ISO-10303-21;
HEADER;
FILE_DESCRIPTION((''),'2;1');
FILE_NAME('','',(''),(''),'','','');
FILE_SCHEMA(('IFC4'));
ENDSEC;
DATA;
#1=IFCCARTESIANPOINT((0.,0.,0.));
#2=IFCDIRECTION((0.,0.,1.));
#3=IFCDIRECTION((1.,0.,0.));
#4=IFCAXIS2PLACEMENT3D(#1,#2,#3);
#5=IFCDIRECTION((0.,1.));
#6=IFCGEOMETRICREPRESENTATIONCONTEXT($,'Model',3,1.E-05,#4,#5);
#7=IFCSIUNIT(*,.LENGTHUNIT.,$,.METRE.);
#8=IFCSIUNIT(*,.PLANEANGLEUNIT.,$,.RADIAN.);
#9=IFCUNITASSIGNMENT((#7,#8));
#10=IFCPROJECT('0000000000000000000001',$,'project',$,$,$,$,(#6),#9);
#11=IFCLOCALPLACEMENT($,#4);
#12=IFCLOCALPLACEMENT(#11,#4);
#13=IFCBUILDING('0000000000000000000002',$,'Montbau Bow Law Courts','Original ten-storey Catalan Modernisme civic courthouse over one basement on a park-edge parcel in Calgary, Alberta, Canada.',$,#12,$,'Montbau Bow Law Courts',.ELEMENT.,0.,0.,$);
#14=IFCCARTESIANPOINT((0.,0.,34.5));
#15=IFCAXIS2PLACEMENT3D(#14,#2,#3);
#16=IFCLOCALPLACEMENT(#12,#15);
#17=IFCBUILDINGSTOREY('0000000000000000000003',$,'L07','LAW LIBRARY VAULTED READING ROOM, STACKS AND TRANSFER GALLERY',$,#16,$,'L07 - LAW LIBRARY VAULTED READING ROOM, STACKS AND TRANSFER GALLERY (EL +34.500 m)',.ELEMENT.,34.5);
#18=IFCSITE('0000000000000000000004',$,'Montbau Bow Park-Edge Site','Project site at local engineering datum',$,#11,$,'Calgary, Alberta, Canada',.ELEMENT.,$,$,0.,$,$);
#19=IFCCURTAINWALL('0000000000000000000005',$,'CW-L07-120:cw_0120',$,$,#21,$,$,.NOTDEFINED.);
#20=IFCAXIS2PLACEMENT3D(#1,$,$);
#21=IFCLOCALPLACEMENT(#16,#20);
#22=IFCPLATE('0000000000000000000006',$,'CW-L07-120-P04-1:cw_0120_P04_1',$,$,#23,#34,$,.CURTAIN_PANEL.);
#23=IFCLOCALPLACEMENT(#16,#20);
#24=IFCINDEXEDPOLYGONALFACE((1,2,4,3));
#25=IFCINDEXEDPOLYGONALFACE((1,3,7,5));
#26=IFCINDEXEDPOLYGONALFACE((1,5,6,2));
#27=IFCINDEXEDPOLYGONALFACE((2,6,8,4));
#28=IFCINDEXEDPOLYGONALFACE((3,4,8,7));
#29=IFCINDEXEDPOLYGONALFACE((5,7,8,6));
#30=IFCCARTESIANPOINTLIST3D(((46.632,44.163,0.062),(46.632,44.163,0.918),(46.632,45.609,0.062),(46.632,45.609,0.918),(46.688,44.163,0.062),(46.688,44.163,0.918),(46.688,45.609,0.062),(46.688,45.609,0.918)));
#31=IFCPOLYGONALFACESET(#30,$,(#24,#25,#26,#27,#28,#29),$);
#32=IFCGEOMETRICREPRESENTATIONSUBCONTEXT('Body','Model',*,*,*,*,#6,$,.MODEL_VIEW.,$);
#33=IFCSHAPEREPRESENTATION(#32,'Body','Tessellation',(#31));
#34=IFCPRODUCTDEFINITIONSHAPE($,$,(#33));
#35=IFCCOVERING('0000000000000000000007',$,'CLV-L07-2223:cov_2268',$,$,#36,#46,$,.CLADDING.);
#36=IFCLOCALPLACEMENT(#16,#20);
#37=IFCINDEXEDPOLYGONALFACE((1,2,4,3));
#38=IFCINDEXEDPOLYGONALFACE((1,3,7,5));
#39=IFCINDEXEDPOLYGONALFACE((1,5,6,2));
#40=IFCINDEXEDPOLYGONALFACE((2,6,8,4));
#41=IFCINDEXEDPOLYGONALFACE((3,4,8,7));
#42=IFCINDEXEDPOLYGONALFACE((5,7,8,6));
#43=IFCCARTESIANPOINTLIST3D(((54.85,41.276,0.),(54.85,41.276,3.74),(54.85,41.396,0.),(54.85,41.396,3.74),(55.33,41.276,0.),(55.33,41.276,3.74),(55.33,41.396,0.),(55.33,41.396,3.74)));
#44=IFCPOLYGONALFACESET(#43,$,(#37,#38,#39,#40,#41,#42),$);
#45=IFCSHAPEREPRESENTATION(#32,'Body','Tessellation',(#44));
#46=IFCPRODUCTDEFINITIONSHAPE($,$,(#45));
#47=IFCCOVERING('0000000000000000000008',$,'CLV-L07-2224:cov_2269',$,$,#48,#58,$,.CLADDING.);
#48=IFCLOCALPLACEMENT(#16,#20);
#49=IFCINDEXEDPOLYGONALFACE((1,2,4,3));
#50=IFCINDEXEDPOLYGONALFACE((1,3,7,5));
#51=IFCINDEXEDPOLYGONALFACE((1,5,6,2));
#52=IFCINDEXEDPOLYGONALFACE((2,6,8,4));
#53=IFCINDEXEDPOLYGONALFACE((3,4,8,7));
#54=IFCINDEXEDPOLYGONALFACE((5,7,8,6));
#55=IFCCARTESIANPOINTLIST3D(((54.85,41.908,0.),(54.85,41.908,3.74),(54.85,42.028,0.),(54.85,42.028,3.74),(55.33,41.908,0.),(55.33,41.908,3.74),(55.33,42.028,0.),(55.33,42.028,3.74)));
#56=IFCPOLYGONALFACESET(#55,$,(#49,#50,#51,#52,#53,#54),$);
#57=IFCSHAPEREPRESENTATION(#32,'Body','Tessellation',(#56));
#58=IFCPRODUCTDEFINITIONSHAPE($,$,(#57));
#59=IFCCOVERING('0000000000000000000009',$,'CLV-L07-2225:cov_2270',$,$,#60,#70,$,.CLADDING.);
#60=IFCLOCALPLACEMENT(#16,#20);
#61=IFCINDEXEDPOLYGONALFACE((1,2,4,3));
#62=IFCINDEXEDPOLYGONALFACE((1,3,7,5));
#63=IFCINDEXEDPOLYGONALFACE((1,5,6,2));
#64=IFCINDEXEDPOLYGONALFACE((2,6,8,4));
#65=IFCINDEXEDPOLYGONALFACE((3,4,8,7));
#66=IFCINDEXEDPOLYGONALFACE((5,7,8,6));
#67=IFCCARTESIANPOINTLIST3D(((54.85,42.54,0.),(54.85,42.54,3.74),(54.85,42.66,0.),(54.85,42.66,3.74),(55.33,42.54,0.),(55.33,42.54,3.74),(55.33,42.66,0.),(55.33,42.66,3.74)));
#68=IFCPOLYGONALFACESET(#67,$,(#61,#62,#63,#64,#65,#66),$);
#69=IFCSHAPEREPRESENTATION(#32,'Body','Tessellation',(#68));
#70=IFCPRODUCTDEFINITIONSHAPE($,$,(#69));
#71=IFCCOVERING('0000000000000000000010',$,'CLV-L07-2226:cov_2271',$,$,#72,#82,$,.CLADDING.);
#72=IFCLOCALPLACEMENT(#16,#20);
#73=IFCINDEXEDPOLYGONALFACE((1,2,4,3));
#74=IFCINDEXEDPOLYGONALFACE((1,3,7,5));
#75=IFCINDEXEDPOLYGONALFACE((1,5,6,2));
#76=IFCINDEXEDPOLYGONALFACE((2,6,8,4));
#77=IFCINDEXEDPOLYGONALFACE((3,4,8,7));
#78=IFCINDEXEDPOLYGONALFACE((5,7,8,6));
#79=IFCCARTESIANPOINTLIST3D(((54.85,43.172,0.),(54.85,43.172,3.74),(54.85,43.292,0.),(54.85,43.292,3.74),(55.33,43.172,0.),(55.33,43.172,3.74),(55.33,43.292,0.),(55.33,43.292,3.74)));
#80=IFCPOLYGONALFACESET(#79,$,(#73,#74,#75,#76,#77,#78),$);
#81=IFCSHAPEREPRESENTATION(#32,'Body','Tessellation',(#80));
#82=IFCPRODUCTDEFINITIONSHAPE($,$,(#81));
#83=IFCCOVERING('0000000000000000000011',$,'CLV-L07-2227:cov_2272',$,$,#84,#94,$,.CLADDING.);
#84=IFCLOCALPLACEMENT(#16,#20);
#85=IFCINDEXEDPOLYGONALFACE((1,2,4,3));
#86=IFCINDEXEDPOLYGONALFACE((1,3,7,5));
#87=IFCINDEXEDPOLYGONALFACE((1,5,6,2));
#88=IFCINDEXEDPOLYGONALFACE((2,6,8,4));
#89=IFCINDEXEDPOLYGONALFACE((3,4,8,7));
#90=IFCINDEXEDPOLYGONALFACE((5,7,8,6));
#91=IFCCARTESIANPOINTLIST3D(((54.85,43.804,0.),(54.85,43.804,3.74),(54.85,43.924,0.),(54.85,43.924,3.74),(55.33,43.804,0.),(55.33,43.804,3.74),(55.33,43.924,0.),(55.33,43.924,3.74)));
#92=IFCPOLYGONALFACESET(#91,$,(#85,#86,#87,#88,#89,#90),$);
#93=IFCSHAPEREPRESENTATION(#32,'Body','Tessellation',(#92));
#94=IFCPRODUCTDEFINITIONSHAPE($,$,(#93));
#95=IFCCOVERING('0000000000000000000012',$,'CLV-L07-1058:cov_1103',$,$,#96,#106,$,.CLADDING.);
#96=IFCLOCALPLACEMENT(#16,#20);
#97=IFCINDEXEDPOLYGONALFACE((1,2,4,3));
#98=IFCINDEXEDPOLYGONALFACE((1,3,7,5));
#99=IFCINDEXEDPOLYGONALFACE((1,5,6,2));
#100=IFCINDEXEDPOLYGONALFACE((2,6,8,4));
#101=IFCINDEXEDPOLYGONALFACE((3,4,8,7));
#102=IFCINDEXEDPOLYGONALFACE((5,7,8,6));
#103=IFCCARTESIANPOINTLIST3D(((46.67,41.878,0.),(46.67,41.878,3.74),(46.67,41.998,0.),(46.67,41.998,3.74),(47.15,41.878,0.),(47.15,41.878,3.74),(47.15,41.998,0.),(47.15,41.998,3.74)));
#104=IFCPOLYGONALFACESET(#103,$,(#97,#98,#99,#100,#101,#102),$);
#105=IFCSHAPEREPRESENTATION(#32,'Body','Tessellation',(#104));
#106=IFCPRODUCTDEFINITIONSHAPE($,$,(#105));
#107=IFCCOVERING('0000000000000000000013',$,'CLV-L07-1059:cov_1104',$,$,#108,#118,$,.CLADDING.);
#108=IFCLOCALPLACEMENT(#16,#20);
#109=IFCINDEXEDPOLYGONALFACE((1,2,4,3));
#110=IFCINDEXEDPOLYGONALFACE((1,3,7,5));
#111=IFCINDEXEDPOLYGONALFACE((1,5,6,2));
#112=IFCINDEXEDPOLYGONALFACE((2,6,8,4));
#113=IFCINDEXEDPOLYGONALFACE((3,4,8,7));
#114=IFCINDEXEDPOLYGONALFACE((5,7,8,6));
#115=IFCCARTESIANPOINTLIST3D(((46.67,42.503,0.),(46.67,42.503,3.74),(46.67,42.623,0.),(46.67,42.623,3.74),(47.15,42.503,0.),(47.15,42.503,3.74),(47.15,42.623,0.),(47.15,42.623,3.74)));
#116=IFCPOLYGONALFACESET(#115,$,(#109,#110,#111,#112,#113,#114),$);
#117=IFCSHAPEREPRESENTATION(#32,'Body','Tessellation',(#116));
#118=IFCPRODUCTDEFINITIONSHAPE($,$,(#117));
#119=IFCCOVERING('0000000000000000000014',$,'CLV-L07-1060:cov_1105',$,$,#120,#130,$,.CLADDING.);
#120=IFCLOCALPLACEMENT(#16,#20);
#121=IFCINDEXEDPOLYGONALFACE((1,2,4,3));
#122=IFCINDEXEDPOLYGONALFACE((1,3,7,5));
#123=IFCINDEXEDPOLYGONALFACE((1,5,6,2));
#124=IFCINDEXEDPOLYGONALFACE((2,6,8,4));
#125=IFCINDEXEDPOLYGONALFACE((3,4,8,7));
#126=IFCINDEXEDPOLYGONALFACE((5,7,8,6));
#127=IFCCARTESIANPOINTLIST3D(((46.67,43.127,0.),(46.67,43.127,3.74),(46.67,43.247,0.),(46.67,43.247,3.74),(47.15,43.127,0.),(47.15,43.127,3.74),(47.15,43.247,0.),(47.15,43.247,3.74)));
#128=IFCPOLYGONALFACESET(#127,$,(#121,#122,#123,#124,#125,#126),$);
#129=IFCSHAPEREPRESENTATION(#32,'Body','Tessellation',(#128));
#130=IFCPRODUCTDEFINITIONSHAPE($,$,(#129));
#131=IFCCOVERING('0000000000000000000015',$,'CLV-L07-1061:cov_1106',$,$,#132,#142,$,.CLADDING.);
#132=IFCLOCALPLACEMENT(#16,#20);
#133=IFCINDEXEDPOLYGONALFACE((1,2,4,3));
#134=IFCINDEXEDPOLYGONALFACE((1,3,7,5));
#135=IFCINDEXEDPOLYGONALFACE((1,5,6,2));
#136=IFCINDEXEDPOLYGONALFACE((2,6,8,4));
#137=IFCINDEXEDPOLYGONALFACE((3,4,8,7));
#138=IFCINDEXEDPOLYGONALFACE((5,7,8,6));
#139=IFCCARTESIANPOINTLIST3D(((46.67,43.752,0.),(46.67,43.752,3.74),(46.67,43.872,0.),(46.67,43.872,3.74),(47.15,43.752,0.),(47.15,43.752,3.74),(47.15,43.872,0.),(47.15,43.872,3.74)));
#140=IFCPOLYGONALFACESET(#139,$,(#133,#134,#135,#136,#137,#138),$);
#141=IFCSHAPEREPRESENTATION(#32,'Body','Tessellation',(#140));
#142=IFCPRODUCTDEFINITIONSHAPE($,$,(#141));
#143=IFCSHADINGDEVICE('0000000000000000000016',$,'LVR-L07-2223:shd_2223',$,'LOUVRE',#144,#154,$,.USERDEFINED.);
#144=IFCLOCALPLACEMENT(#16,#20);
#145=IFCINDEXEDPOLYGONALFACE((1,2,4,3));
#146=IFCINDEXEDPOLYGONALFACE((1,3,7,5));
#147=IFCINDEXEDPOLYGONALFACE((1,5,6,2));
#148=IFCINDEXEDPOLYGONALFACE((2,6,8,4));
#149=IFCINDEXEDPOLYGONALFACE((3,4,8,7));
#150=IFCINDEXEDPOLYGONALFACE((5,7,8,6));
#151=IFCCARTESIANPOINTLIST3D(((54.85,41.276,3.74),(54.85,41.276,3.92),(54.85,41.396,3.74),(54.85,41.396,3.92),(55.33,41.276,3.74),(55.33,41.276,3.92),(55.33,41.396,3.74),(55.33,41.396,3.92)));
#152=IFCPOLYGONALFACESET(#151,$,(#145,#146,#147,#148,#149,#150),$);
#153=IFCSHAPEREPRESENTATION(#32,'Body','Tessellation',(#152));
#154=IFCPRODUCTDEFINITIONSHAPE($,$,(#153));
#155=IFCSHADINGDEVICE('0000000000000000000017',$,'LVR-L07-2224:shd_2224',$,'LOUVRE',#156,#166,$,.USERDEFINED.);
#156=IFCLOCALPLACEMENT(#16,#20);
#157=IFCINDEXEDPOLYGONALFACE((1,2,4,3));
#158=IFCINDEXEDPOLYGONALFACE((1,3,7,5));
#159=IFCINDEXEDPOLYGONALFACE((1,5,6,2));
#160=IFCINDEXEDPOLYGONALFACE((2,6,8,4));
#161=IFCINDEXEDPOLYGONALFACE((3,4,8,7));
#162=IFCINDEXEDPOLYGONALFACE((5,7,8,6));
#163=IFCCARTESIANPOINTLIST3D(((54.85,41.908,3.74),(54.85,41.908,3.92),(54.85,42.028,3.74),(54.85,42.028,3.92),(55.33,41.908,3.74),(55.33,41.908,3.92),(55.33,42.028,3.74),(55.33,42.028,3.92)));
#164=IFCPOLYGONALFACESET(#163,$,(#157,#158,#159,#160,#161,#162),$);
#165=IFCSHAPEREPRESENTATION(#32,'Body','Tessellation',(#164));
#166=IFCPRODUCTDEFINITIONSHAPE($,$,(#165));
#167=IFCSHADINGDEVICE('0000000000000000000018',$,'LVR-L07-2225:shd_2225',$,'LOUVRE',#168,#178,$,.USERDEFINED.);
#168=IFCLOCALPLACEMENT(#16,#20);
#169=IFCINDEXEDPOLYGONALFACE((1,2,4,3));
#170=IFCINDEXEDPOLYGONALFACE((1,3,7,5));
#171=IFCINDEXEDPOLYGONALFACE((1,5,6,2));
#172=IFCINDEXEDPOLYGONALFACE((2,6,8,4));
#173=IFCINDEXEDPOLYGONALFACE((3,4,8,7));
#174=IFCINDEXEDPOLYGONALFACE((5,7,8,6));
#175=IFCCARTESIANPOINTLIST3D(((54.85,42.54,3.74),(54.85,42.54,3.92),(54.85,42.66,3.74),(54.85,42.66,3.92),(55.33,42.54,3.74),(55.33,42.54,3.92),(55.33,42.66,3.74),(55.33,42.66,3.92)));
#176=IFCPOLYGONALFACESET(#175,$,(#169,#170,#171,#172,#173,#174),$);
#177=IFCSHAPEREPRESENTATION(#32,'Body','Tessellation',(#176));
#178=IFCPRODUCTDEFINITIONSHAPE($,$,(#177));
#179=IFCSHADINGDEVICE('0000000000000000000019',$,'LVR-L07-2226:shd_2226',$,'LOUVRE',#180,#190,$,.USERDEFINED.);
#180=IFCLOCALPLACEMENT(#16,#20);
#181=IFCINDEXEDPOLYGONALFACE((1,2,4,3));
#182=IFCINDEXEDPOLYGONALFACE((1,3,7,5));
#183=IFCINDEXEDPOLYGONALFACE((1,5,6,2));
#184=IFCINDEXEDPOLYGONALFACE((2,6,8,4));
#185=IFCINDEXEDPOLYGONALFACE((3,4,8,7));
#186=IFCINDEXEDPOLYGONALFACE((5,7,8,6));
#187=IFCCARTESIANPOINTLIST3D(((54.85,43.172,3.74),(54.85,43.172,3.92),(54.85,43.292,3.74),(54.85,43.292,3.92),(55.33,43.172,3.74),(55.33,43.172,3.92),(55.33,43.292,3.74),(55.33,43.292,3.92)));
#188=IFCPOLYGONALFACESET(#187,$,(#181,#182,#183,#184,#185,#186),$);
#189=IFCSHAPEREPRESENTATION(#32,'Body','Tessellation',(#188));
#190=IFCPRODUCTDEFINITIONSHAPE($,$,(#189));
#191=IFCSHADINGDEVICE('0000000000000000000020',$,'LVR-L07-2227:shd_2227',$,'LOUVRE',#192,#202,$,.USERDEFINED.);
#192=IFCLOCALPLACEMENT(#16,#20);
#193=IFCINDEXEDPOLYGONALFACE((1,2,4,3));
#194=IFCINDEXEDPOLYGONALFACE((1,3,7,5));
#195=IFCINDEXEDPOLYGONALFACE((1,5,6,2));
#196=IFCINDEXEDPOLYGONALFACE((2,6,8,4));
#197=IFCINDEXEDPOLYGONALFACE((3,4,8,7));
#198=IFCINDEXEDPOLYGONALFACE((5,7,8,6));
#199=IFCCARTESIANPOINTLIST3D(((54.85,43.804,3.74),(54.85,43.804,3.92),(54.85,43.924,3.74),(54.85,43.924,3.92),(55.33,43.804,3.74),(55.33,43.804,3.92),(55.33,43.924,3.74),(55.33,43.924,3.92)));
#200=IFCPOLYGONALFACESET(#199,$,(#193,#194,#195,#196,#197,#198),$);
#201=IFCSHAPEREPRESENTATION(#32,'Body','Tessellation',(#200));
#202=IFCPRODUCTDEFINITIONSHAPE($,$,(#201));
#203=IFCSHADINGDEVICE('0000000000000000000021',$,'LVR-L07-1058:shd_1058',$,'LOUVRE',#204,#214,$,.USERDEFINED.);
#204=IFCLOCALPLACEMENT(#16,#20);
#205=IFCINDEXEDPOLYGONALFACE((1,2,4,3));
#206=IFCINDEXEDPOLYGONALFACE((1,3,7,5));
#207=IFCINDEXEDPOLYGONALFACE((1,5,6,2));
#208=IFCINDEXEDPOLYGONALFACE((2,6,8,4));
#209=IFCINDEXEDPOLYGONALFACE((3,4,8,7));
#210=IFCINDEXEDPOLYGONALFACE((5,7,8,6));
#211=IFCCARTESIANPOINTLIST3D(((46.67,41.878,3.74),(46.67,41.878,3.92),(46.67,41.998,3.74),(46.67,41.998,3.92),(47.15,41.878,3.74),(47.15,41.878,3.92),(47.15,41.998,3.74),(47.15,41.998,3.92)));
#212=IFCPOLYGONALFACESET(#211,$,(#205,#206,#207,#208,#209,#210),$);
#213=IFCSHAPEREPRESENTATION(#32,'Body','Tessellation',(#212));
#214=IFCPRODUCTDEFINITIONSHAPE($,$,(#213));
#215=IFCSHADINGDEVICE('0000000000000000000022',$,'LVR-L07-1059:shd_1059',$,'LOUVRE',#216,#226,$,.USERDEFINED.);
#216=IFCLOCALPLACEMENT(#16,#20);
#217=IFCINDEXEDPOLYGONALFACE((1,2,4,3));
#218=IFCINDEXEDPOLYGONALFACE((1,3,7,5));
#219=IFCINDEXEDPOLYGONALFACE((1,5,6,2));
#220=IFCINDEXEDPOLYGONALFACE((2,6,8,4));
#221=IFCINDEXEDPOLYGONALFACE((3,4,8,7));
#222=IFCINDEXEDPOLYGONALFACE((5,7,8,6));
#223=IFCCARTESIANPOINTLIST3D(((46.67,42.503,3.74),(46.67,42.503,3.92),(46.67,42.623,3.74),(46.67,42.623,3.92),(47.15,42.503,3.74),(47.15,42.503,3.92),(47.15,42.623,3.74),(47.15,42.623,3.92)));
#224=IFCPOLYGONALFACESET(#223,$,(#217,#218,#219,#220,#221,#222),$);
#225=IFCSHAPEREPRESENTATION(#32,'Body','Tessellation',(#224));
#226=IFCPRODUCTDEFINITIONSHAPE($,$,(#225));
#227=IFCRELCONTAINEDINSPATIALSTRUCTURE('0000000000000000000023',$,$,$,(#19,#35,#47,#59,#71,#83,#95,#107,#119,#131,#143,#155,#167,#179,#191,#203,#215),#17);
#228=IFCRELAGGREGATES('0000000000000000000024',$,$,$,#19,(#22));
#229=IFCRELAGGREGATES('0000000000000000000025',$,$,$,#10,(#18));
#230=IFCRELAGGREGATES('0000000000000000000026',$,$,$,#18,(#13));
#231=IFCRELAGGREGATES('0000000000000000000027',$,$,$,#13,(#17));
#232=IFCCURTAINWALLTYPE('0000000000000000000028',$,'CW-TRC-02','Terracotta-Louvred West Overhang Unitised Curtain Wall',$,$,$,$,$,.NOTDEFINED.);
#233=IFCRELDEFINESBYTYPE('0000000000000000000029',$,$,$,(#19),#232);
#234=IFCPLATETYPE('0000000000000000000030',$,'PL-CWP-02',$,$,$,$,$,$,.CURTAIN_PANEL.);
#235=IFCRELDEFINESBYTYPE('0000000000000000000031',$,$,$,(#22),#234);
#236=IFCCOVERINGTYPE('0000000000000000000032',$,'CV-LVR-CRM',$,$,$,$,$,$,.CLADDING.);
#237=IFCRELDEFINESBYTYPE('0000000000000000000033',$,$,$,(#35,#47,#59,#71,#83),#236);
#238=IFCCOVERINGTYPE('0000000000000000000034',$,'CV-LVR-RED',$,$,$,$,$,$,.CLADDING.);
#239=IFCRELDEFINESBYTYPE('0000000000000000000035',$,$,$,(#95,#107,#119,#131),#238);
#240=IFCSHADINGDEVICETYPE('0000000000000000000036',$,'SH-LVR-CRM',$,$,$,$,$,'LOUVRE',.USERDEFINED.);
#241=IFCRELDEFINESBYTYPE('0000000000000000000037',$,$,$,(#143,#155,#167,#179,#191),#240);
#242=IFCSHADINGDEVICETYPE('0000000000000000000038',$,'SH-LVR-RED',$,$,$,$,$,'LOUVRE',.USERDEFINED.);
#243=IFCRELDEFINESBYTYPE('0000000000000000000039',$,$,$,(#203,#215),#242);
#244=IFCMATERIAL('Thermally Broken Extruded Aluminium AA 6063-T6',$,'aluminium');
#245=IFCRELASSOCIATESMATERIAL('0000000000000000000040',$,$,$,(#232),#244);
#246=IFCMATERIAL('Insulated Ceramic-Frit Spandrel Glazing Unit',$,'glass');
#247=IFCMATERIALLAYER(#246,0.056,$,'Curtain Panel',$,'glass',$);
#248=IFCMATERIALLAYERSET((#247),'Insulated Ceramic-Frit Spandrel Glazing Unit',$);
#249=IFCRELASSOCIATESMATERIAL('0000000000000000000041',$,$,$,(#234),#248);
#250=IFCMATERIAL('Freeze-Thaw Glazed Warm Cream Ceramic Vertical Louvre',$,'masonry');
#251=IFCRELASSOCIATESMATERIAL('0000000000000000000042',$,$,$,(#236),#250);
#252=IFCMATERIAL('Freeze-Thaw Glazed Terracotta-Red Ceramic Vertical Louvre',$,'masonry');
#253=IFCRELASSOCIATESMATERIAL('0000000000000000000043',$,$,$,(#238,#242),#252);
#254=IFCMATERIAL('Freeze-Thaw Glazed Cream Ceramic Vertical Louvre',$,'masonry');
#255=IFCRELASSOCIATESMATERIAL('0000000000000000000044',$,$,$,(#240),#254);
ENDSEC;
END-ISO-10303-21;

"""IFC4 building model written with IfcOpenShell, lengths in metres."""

from ifc_helpers import new_model, si_unit, direction, frame, frame_2d, origin_with_axes, origin_2d_with_axis, place, context, subcontext, project, spatial, rectangle, extrude, material, layer, layer_set, type_object, element, aggregate, save


model = new_model("IFC4")

# Units and contexts
model_context = context("Model", 3, precision=1e-05, world=origin_with_axes(), true_north=direction((0.0, 1.0)))
body_context = subcontext(model_context, "Body", "Model", "MODEL_VIEW")
ifc_project = project(units=[si_unit("LENGTHUNIT", "METRE"), si_unit("PLANEANGLEUNIT", "RADIAN")], contexts=[model_context])

# Site, building, storey
site_placement = place(None, origin_with_axes())
site = spatial("IfcSite", under=ifc_project, at=site_placement, Name="Montbau Bow Park-Edge Site", Description="Project site at local engineering datum", LongName="Calgary, Alberta, Canada", CompositionType="ELEMENT", RefElevation=0.0)
building_placement = place(site_placement, origin_with_axes())
building = spatial("IfcBuilding", under=site, at=building_placement, Name="Montbau Bow Law Courts", Description="Original ten-storey Catalan Modernisme civic courthouse over one basement on a park-edge parcel in Calgary, Alberta, Canada.", LongName="Montbau Bow Law Courts", CompositionType="ELEMENT", ElevationOfRefHeight=0.0, ElevationOfTerrain=0.0)
storey_placement = place(building_placement, frame((0.0, 0.0, 34.5), z_axis=(0.0, 0.0, 1.0), x_axis=(1.0, 0.0, 0.0)))
storey = spatial("IfcBuildingStorey", under=building, at=storey_placement, Name="L07", Description="LAW LIBRARY VAULTED READING ROOM, STACKS AND TRANSFER GALLERY", LongName="L07 - LAW LIBRARY VAULTED READING ROOM, STACKS AND TRANSFER GALLERY (EL +34.500 m)", CompositionType="ELEMENT", Elevation=34.5)

# Curtain wall, plate
ifc_material_1 = material(Name="Thermally Broken Extruded Aluminium AA 6063-T6", Category="aluminium")
curtain_wall_type = type_object("IfcCurtainWallType", Name="CW-TRC-02", Description="Terracotta-Louvred West Overhang Unitised Curtain Wall", PredefinedType="NOTDEFINED", material=ifc_material_1)
curtain_wall_placement = place(None, frame((46.66, 39.44, 34.5), z_axis=(0.0, 0.0, 1.0), x_axis=(1.0, 0.0, 0.0)))
curtain_wall = element("IfcCurtainWall", 1, at=curtain_wall_placement, inside=storey, type_object=curtain_wall_type, Name="CW-L07-120:cw_0120", PredefinedType="NOTDEFINED")
ifc_material_2 = material(Name="Insulated Ceramic-Frit Spandrel Glazing Unit", Category="glass")
ifc_layer_1 = layer(ifc_material_2, 0.056, Name="Curtain Panel", Category="glass")
ifc_layer_set_1 = layer_set([ifc_layer_1], Name="Insulated Ceramic-Frit Spandrel Glazing Unit")
plate_type_1 = type_object("IfcPlateType", Name="PL-CWP-02", PredefinedType="CURTAIN_PANEL", material=ifc_layer_set_1)
plate_1_placement = place(None, frame((46.66, 44.163, 34.562), z_axis=(1.0, 0.0, 0.0), x_axis=(0.0, 1.0, 0.0)))
plate_1 = element("IfcPlate", 2, at=plate_1_placement, type_object=plate_type_1, Name="CW-L07-120-P04-1:cw_0120_P04_1", PredefinedType="CURTAIN_PANEL", context=body_context, shape_type="SweptSolid", body=[
    extrude(rectangle(XDim=1.446, YDim=0.856, at=frame_2d((0.723, 0.428), x_axis=(1.0, 0.0))), frame((0.0, 0.0, -0.028), z_axis=(0.0, 0.0, 1.0), x_axis=(1.0, 0.0, 0.0)), (0.0, 0.0, 1.0), 0.056),
])
aggregate(curtain_wall, [plate_1])

# Coverings
ifc_material_3 = material(Name="Freeze-Thaw Glazed Warm Cream Ceramic Vertical Louvre", Category="masonry")
covering_type_1 = type_object("IfcCoveringType", Name="CV-LVR-CRM", PredefinedType="CLADDING", material=ifc_material_3)
for number, where, z_axis, x_axis, name in (
    (3, (55.33, 41.336, 34.5), (0.0, 1.0, 0.0), (-1.0, 0.0, 0.0), "CLV-L07-2223:cov_2268"),
    (4, (55.33, 41.968, 34.5), (0.0, 1.0, 0.0), (-1.0, 0.0, 0.0), "CLV-L07-2224:cov_2269"),
    (5, (55.33, 42.6, 34.5), (0.0, 1.0, 0.0), (-1.0, 0.0, 0.0), "CLV-L07-2225:cov_2270"),
    (6, (55.33, 43.232, 34.5), (0.0, 1.0, 0.0), (-1.0, 0.0, 0.0), "CLV-L07-2226:cov_2271"),
    (7, (55.33, 43.864, 34.5), (0.0, 1.0, 0.0), (-1.0, 0.0, 0.0), "CLV-L07-2227:cov_2272"),
):
    element("IfcCovering", number, at=place(None, frame(where, z_axis=z_axis, x_axis=x_axis)), inside=storey, type_object=covering_type_1, Name=name, PredefinedType="CLADDING", context=body_context, shape_type="SweptSolid", body=[
        extrude(rectangle(XDim=0.48, YDim=3.74, at=frame_2d((0.24, 1.87), x_axis=(1.0, 0.0))), frame((0.0, 0.0, -0.06), z_axis=(0.0, 0.0, 1.0), x_axis=(1.0, 0.0, 0.0)), (0.0, 0.0, 1.0), 0.12),
    ])
ifc_material_4 = material(Name="Freeze-Thaw Glazed Terracotta-Red Ceramic Vertical Louvre", Category="masonry")
covering_type_2 = type_object("IfcCoveringType", Name="CV-LVR-RED", PredefinedType="CLADDING", material=ifc_material_4)
for number, where, z_axis, x_axis, name in (
    (8, (46.67, 41.938, 34.5), (0.0, -1.0, 0.0), (1.0, 0.0, 0.0), "CLV-L07-1058:cov_1103"),
    (9, (46.67, 42.563, 34.5), (0.0, -1.0, 0.0), (1.0, 0.0, 0.0), "CLV-L07-1059:cov_1104"),
    (10, (46.67, 43.187, 34.5), (0.0, -1.0, 0.0), (1.0, 0.0, 0.0), "CLV-L07-1060:cov_1105"),
    (11, (46.67, 43.812, 34.5), (0.0, -1.0, 0.0), (1.0, 0.0, 0.0), "CLV-L07-1061:cov_1106"),
):
    element("IfcCovering", number, at=place(None, frame(where, z_axis=z_axis, x_axis=x_axis)), inside=storey, type_object=covering_type_2, Name=name, PredefinedType="CLADDING", context=body_context, shape_type="SweptSolid", body=[
        extrude(rectangle(XDim=0.48, YDim=3.74, at=frame_2d((0.24, 1.87), x_axis=(1.0, 0.0))), frame((0.0, 0.0, -0.06), z_axis=(0.0, 0.0, 1.0), x_axis=(1.0, 0.0, 0.0)), (0.0, 0.0, 1.0), 0.12),
    ])

# Shading devices
ifc_material_5 = material(Name="Freeze-Thaw Glazed Cream Ceramic Vertical Louvre", Category="masonry")
shading_device_type_1 = type_object("IfcShadingDeviceType", Name="SH-LVR-CRM", ElementType="LOUVRE", PredefinedType="USERDEFINED", material=ifc_material_5)
for number, where, z_axis, x_axis, name in (
    (12, (55.09, 41.336, 38.24), (0.0, 0.0, 1.0), (-1.0, 0.0, 0.0), "LVR-L07-2223:shd_2223"),
    (13, (55.09, 41.968, 38.24), (0.0, 0.0, 1.0), (-1.0, 0.0, 0.0), "LVR-L07-2224:shd_2224"),
    (14, (55.09, 42.6, 38.24), (0.0, 0.0, 1.0), (-1.0, 0.0, 0.0), "LVR-L07-2225:shd_2225"),
    (15, (55.09, 43.232, 38.24), (0.0, 0.0, 1.0), (-1.0, 0.0, 0.0), "LVR-L07-2226:shd_2226"),
    (16, (55.09, 43.864, 38.24), (0.0, 0.0, 1.0), (-1.0, 0.0, 0.0), "LVR-L07-2227:shd_2227"),
):
    element("IfcShadingDevice", number, at=place(None, frame(where, z_axis=z_axis, x_axis=x_axis)), inside=storey, type_object=shading_device_type_1, Name=name, ObjectType="LOUVRE", PredefinedType="USERDEFINED", context=body_context, shape_type="SweptSolid", body=[
        extrude(rectangle(XDim=0.48, YDim=0.12, at=origin_2d_with_axis()), origin_with_axes(), (0.0, 0.0, 1.0), 0.18),
    ])
shading_device_type_2 = type_object("IfcShadingDeviceType", Name="SH-LVR-RED", ElementType="LOUVRE", PredefinedType="USERDEFINED", material=ifc_material_4)
for number, where, z_axis, x_axis, name in (
    (17, (46.91, 41.938, 38.24), (0.0, 0.0, 1.0), (1.0, 0.0, 0.0), "LVR-L07-1058:shd_1058"),
    (18, (46.91, 42.563, 38.24), (0.0, 0.0, 1.0), (1.0, 0.0, 0.0), "LVR-L07-1059:shd_1059"),
):
    element("IfcShadingDevice", number, at=place(None, frame(where, z_axis=z_axis, x_axis=x_axis)), inside=storey, type_object=shading_device_type_2, Name=name, ObjectType="LOUVRE", PredefinedType="USERDEFINED", context=body_context, shape_type="SweptSolid", body=[
        extrude(rectangle(XDim=0.48, YDim=0.12, at=origin_2d_with_axis()), origin_with_axes(), (0.0, 0.0, 1.0), 0.18),
    ])

save(model, "model.ifc")
